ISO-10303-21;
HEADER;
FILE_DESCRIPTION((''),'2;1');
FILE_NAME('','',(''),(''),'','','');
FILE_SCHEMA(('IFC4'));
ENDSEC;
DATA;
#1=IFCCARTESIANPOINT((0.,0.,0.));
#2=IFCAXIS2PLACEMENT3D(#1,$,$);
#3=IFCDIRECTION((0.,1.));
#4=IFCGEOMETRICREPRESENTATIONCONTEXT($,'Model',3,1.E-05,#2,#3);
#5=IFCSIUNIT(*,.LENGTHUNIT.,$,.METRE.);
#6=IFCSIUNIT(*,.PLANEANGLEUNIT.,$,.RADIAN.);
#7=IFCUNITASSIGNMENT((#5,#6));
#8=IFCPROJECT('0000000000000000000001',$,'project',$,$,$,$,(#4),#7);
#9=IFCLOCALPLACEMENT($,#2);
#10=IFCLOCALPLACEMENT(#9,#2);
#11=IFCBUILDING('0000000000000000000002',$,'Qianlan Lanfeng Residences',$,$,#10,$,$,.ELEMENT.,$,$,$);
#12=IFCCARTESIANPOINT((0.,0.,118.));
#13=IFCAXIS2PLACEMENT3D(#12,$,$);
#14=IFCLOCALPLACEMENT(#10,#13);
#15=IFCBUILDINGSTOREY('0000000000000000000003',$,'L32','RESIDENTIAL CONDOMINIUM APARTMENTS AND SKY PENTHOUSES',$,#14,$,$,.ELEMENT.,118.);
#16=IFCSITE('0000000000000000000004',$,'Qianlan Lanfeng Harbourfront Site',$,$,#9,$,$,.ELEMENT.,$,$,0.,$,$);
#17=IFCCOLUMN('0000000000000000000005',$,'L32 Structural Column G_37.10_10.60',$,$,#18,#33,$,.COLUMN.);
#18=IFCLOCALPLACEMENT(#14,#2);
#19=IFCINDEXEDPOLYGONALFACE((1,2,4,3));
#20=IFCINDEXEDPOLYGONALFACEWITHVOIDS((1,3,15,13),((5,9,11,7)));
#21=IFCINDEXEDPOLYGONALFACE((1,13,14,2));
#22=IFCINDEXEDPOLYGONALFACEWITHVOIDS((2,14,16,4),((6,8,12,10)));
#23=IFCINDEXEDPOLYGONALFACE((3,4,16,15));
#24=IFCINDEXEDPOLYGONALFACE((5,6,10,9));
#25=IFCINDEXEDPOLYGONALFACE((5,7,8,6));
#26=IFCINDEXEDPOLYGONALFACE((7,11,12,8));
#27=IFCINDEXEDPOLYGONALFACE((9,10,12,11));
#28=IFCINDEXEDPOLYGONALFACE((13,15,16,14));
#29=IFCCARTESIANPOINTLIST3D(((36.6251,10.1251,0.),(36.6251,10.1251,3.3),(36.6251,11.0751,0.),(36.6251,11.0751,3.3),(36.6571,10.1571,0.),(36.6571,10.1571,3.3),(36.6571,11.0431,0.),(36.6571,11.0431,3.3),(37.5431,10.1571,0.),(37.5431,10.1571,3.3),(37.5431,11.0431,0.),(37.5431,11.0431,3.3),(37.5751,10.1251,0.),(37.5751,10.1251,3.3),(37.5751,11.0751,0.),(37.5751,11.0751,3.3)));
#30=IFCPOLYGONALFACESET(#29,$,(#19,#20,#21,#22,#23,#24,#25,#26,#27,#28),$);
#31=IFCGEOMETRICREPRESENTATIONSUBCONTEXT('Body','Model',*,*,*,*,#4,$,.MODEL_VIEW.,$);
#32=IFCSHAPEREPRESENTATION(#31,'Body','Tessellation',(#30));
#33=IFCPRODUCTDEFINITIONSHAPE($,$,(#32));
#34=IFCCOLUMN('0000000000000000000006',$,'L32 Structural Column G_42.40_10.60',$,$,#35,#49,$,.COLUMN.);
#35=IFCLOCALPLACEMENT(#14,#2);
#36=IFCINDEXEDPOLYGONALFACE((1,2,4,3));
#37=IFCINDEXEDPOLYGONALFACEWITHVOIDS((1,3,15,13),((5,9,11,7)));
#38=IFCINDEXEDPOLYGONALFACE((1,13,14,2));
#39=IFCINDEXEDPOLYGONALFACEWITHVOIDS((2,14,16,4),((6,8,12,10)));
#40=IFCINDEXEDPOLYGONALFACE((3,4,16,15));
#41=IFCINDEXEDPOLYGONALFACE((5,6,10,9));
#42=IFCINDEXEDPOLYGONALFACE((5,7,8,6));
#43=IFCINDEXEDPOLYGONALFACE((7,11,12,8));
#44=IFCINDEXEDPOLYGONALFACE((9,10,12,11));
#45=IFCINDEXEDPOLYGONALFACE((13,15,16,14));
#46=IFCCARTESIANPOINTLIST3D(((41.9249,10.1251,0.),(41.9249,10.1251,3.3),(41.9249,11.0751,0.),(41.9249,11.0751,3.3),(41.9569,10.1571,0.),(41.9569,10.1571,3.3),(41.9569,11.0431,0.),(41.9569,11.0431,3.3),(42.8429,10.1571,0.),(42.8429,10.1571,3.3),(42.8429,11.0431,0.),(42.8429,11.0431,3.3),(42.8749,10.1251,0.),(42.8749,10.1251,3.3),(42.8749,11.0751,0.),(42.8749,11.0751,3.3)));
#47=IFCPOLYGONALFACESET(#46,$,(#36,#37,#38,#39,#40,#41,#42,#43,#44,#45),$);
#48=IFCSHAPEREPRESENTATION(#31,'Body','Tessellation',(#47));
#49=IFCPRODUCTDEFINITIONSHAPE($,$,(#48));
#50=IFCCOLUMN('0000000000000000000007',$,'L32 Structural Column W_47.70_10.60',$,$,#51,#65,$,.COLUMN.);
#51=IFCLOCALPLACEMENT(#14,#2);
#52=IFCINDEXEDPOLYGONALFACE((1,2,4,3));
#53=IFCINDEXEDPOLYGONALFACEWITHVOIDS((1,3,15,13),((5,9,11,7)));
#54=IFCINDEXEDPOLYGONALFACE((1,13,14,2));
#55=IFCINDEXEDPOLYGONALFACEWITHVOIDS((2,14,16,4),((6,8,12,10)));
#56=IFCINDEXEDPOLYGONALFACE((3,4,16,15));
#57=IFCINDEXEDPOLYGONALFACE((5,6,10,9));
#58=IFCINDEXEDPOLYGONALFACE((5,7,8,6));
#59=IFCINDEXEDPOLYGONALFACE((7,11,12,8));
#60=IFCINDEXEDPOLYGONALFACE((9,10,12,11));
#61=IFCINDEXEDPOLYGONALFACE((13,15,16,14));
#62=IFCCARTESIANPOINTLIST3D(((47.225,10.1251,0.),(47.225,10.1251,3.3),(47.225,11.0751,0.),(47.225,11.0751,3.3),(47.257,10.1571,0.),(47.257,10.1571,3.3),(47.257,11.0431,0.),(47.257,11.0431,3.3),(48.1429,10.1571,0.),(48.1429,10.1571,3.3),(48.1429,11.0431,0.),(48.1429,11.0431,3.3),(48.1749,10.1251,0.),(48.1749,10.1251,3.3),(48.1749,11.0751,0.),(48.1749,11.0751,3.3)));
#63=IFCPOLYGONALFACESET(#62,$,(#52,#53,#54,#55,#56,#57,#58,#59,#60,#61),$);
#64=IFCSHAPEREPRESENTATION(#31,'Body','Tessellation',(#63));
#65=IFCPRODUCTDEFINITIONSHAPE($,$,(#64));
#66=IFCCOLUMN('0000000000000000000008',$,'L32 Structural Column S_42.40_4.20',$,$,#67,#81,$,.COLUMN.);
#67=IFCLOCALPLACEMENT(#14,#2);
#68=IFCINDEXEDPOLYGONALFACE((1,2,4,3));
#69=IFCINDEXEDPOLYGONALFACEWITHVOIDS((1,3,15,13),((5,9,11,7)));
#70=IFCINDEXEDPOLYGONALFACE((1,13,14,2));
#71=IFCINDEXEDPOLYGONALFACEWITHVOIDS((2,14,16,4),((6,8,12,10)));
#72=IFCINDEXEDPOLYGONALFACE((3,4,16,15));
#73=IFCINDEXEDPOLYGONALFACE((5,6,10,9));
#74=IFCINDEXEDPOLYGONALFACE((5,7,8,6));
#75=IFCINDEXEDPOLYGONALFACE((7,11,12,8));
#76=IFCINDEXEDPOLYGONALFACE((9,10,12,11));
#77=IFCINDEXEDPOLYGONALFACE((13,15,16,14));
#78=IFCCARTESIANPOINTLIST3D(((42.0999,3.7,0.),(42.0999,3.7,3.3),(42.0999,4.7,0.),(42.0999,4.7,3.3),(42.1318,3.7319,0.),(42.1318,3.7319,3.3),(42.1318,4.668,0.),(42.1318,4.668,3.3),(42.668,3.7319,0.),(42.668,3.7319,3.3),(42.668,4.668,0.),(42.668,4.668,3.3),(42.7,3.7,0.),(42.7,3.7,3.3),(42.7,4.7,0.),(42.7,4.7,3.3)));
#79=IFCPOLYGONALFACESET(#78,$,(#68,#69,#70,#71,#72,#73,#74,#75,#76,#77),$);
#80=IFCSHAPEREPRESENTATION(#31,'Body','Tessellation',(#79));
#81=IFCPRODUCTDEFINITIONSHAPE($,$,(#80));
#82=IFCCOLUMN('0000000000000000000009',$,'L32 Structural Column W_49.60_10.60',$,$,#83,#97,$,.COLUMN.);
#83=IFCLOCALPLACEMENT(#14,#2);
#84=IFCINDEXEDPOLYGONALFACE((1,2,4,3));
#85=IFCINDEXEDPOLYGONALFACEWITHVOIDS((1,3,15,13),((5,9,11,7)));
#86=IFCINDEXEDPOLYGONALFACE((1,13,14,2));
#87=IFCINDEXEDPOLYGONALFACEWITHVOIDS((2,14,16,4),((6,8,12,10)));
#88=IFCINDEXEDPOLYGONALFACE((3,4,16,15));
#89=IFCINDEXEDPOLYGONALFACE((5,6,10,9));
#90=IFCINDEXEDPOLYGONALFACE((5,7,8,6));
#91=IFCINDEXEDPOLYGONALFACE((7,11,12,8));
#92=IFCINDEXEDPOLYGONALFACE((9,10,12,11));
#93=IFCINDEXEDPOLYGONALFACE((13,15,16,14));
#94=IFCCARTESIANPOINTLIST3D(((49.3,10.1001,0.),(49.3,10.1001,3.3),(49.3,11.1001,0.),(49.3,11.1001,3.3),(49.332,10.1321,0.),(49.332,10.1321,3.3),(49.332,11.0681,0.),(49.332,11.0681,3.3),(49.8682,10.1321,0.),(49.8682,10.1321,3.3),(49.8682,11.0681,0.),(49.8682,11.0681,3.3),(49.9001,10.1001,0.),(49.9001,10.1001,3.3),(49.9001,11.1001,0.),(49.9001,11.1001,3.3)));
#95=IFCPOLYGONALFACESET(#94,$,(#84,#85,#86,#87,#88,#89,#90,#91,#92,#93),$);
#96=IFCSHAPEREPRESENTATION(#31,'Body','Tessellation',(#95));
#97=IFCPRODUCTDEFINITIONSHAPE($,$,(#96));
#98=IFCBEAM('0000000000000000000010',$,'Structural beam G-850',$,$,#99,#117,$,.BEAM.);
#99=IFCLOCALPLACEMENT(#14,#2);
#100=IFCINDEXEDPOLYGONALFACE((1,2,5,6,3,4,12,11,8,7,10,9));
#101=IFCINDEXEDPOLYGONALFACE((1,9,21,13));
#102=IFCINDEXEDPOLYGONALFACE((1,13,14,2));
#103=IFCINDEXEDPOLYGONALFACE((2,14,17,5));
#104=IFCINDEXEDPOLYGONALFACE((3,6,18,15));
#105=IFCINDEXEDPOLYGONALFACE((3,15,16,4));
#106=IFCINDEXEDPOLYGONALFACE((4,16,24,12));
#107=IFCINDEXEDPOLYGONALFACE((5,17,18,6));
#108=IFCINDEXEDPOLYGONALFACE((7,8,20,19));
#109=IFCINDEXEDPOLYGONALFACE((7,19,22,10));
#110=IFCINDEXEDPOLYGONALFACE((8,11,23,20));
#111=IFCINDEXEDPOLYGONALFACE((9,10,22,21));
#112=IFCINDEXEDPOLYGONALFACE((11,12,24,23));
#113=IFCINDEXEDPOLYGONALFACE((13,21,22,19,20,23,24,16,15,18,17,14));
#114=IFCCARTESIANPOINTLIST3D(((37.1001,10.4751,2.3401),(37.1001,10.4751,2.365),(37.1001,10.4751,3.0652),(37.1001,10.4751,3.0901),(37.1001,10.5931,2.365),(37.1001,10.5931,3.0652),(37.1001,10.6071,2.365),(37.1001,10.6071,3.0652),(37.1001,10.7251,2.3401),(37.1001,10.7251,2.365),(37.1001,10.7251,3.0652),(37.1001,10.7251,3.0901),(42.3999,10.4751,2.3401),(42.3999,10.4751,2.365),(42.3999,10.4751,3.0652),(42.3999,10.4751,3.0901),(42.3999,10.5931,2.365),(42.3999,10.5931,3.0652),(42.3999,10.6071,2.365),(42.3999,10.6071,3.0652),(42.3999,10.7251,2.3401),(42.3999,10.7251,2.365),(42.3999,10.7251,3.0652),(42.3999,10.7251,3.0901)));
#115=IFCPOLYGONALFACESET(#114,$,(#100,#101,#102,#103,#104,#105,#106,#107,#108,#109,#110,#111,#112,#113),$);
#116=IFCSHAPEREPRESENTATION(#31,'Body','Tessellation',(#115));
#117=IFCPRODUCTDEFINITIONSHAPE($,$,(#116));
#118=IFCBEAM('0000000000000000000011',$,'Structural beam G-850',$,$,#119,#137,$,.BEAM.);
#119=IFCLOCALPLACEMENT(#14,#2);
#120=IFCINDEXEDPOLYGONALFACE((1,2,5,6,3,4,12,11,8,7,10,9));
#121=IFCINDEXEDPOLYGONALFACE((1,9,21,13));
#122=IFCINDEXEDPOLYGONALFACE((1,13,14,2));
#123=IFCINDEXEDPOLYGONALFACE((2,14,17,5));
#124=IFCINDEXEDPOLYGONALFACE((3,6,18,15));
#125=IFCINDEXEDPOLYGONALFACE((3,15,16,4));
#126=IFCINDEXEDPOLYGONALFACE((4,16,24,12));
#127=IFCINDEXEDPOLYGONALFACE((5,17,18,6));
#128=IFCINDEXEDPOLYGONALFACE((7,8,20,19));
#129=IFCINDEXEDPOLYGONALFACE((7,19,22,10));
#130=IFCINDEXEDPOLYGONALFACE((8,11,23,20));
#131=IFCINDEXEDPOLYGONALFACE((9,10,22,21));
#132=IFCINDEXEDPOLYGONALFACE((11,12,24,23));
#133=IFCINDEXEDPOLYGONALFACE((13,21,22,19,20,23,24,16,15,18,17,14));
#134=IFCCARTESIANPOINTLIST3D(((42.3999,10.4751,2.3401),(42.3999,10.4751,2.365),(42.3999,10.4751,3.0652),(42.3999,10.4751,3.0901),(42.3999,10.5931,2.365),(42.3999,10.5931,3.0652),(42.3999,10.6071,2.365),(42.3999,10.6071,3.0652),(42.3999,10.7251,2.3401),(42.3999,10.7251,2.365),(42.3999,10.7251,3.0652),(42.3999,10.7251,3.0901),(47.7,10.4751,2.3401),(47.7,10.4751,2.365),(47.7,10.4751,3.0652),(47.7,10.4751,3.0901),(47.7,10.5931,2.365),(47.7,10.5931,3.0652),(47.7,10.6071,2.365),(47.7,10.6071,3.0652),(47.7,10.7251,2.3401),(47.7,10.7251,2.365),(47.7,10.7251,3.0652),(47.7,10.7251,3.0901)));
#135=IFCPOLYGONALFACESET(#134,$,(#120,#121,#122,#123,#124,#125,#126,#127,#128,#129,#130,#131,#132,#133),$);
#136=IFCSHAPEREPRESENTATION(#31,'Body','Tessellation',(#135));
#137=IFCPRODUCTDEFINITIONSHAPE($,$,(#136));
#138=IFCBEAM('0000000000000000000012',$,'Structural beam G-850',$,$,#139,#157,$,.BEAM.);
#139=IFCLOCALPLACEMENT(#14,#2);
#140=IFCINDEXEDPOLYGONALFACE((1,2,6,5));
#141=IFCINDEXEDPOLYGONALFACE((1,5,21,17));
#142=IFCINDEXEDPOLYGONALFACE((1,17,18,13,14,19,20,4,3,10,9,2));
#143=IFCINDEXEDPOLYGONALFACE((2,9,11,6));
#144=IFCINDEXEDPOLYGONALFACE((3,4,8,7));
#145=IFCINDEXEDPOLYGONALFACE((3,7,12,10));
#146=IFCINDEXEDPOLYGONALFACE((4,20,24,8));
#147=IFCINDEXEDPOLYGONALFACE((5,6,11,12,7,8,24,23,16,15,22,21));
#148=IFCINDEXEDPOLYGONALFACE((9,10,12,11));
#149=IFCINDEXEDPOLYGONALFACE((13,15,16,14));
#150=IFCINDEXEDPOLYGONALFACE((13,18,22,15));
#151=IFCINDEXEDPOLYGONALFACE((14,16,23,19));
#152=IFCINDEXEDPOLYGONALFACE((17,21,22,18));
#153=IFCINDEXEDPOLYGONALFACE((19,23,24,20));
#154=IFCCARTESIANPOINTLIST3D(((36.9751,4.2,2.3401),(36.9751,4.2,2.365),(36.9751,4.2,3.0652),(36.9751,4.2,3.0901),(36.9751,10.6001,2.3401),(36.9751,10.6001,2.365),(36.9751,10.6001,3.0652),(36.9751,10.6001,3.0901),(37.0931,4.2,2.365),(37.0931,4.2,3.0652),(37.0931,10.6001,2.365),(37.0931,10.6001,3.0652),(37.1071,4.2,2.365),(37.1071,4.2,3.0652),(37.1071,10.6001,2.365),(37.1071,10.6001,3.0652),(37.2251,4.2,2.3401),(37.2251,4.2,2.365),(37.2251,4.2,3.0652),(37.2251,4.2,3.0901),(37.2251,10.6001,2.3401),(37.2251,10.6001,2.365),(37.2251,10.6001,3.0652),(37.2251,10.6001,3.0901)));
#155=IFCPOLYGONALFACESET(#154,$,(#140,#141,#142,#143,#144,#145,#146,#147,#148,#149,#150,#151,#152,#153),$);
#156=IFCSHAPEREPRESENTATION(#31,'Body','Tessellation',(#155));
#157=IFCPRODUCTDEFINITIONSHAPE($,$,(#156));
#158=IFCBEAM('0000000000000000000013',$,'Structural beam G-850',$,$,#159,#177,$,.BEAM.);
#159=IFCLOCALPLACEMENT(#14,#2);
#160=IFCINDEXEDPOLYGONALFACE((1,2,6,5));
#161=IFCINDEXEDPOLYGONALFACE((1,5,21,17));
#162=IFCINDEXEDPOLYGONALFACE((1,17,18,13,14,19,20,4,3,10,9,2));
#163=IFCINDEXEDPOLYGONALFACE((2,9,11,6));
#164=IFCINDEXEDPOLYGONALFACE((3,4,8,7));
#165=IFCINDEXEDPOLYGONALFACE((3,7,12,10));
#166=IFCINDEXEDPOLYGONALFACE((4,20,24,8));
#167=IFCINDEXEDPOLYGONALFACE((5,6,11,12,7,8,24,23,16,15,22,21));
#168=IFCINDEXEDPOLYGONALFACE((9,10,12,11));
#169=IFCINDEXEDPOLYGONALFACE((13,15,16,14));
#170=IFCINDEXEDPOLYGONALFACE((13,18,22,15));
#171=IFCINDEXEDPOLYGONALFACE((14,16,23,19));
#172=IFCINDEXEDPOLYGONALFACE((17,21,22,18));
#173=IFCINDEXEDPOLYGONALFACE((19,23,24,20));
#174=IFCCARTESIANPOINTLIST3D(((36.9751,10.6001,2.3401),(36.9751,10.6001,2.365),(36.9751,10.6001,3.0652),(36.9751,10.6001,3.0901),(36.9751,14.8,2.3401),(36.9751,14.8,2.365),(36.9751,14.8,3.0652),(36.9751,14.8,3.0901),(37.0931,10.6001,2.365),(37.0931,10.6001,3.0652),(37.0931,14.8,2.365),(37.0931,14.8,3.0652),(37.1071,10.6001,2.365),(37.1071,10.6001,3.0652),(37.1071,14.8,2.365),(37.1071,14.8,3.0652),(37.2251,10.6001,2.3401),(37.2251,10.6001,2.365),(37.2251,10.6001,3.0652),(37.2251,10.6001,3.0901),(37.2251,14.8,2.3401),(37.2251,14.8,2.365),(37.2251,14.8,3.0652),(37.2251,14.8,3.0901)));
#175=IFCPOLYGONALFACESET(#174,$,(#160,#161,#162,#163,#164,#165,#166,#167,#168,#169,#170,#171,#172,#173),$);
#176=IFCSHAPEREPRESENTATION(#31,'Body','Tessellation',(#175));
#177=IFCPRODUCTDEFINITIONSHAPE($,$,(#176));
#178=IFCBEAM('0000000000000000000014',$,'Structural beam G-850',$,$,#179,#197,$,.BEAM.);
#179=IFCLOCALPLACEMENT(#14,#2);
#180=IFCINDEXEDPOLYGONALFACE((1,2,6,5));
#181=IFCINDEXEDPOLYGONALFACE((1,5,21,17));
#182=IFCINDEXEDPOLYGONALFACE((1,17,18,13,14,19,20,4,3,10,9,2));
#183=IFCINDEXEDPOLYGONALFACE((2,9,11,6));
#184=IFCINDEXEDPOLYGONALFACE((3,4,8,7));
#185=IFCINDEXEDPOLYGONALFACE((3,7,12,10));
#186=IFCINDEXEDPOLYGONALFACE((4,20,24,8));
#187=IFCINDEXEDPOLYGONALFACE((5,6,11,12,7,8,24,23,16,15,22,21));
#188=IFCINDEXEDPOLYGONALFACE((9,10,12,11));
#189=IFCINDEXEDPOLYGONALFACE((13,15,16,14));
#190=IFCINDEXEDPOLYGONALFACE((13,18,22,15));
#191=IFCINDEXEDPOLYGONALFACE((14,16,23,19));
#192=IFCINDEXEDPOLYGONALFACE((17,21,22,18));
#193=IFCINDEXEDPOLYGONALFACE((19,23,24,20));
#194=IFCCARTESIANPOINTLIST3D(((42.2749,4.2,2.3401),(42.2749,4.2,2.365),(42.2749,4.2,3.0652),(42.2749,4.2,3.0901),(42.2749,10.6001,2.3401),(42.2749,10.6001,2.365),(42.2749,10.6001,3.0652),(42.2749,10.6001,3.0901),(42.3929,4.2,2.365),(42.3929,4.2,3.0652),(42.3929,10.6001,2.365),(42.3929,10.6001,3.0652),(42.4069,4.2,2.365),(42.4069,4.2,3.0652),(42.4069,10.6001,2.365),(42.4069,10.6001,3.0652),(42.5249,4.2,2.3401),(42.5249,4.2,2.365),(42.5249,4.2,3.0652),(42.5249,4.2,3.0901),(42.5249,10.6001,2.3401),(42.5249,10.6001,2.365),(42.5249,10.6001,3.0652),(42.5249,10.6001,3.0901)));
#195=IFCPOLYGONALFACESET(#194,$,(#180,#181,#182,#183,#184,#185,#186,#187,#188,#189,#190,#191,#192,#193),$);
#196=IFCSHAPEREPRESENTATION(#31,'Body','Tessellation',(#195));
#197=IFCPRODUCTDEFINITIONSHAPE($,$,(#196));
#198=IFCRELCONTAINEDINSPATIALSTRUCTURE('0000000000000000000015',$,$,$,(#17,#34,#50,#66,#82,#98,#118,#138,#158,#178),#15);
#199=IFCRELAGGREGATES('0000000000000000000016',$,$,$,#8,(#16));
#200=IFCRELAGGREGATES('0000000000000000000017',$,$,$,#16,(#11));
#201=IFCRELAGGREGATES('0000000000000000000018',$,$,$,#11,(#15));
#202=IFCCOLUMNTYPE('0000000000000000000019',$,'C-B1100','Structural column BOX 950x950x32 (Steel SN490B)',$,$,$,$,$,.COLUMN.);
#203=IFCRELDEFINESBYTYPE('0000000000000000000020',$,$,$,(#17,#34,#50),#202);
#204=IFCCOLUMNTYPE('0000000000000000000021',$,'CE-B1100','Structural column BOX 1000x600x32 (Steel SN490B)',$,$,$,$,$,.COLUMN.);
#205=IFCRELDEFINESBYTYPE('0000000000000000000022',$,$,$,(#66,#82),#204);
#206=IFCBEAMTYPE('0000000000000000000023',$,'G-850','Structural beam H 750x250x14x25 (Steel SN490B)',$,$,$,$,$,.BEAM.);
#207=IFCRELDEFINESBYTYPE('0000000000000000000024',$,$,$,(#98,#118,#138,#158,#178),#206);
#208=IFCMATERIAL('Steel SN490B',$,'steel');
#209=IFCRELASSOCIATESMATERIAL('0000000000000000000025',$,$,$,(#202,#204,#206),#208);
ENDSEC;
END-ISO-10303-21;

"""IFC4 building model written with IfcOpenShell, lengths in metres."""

from ifc_helpers import new_model, si_unit, direction, frame, origin, origin_2d, place, context, subcontext, project, spatial, hollow_rectangle, i_section, extrude, material, material_profile, profile_set, type_object, element, save


model = new_model("IFC4")

# Units and contexts
model_context = context("Model", 3, precision=1e-05, world=origin(), true_north=direction((0.0, 1.0)))
body_context = subcontext(model_context, "Body", "Model", "MODEL_VIEW")
ifc_project = project(units=[si_unit("LENGTHUNIT", "METRE"), si_unit("PLANEANGLEUNIT", "RADIAN")], contexts=[model_context])

# Site, building, storey
site_placement = place(None, origin())
site = spatial("IfcSite", under=ifc_project, at=site_placement, Name="Qianlan Lanfeng Harbourfront Site", CompositionType="ELEMENT", RefElevation=0.0)
building_placement = place(site_placement, origin())
building = spatial("IfcBuilding", under=site, at=building_placement, Name="Qianlan Lanfeng Residences", CompositionType="ELEMENT")
storey_placement = place(building_placement, frame((0.0, 0.0, 118.0)))
storey = spatial("IfcBuildingStorey", under=building, at=storey_placement, Name="L32", Description="RESIDENTIAL CONDOMINIUM APARTMENTS AND SKY PENTHOUSES", CompositionType="ELEMENT", Elevation=118.0)

# Columns
ifc_material_1 = material(Name="Steel SN490B", Category="steel")
ifc_material_profile_1 = material_profile(ifc_material_1, hollow_rectangle(XDim=0.95, YDim=0.95, WallThickness=0.032, at=origin_2d()), Name="BOX 950x950x32")
ifc_profile_set_1 = profile_set([ifc_material_profile_1], Name="Steel SN490B")
column_type_1 = type_object("IfcColumnType", Name="C-B1100", Description="Structural column BOX 950x950x32 (Steel SN490B)", PredefinedType="COLUMN", material=ifc_profile_set_1)
for number, where, z_axis, x_axis, name in (
    (1, (37.1001, 10.6001, 0.0), (0.0, 0.0, 1.0), (1.0, 0.0, 0.0), "L32 Structural Column G_37.10_10.60"),
    (2, (42.3999, 10.6001, 0.0), (0.0, 0.0, 1.0), (1.0, 0.0, 0.0), "L32 Structural Column G_42.40_10.60"),
    (3, (47.7, 10.6001, 0.0), (0.0, 0.0, 1.0), (1.0, 0.0, 0.0), "L32 Structural Column W_47.70_10.60"),
):
    element("IfcColumn", number, at=place(storey_placement, frame(where, z_axis=z_axis, x_axis=x_axis)), inside=storey, type_object=column_type_1, Name=name, PredefinedType="COLUMN", context=body_context, shape_type="SweptSolid", body=[
        extrude(hollow_rectangle(XDim=0.95, YDim=0.95, WallThickness=0.032, at=origin_2d()), origin(), (0.0, 0.0, 1.0), 3.3),
    ])
ifc_material_profile_2 = material_profile(ifc_material_1, hollow_rectangle(XDim=0.6001, YDim=1.0, WallThickness=0.032, at=origin_2d()), Name="BOX 1000x600x32")
ifc_profile_set_2 = profile_set([ifc_material_profile_2], Name="Steel SN490B")
column_type_2 = type_object("IfcColumnType", Name="CE-B1100", Description="Structural column BOX 1000x600x32 (Steel SN490B)", PredefinedType="COLUMN", material=ifc_profile_set_2)
for number, where, z_axis, x_axis, name in (
    (4, (42.3999, 4.2, 0.0), (0.0, 0.0, 1.0), (1.0, 0.0, 0.0), "L32 Structural Column S_42.40_4.20"),
    (5, (49.6001, 10.6001, 0.0), (0.0, 0.0, 1.0), (1.0, 0.0, 0.0), "L32 Structural Column W_49.60_10.60"),
):
    element("IfcColumn", number, at=place(storey_placement, frame(where, z_axis=z_axis, x_axis=x_axis)), inside=storey, type_object=column_type_2, Name=name, PredefinedType="COLUMN", context=body_context, shape_type="SweptSolid", body=[
        extrude(hollow_rectangle(XDim=0.6001, YDim=1.0, WallThickness=0.032, at=origin_2d()), origin(), (0.0, 0.0, 1.0), 3.3),
    ])

# Beams
ifc_material_profile_3 = material_profile(ifc_material_1, i_section(OverallWidth=0.25, OverallDepth=0.75, WebThickness=0.0139, FlangeThickness=0.0249, at=origin_2d()), Name="H 750x250x14x25")
ifc_profile_set_3 = profile_set([ifc_material_profile_3], Name="Steel SN490B")
beam_type_1 = type_object("IfcBeamType", Name="G-850", Description="Structural beam H 750x250x14x25 (Steel SN490B)", PredefinedType="BEAM", material=ifc_profile_set_3)
beam_1_placement = place(storey_placement, frame((37.1001, 10.6001, 2.7151), z_axis=(1.0, 0.0, 0.0), x_axis=(0.0, 1.0, 0.0)))
element("IfcBeam", 6, at=beam_1_placement, inside=storey, type_object=beam_type_1, Name="Structural beam G-850", PredefinedType="BEAM", context=body_context, shape_type="SweptSolid", body=[
    extrude(i_section(OverallWidth=0.25, OverallDepth=0.75, WebThickness=0.0139, FlangeThickness=0.0249, at=origin_2d()), origin(), (0.0, 0.0, 1.0), 5.2998),
])
beam_2_placement = place(storey_placement, frame((42.3999, 10.6001, 2.7151), z_axis=(1.0, 0.0, 0.0), x_axis=(0.0, 1.0, 0.0)))
element("IfcBeam", 7, at=beam_2_placement, inside=storey, type_object=beam_type_1, Name="Structural beam G-850", PredefinedType="BEAM", context=body_context, shape_type="SweptSolid", body=[
    extrude(i_section(OverallWidth=0.25, OverallDepth=0.75, WebThickness=0.0139, FlangeThickness=0.0249, at=origin_2d()), origin(), (0.0, 0.0, 1.0), 5.3),
])
beam_3_placement = place(storey_placement, frame((37.1001, 4.2, 2.7151), z_axis=(0.0, 1.0, 0.0), x_axis=(-1.0, 0.0, 0.0)))
element("IfcBeam", 8, at=beam_3_placement, inside=storey, type_object=beam_type_1, Name="Structural beam G-850", PredefinedType="BEAM", context=body_context, shape_type="SweptSolid", body=[
    extrude(i_section(OverallWidth=0.25, OverallDepth=0.75, WebThickness=0.0139, FlangeThickness=0.0249, at=origin_2d()), origin(), (0.0, 0.0, 1.0), 6.4001),
])
beam_4_placement = place(storey_placement, frame((37.1001, 10.6001, 2.7151), z_axis=(0.0, 1.0, 0.0), x_axis=(-1.0, 0.0, 0.0)))
element("IfcBeam", 9, at=beam_4_placement, inside=storey, type_object=beam_type_1, Name="Structural beam G-850", PredefinedType="BEAM", context=body_context, shape_type="SweptSolid", body=[
    extrude(i_section(OverallWidth=0.25, OverallDepth=0.75, WebThickness=0.0139, FlangeThickness=0.0249, at=origin_2d()), origin(), (0.0, 0.0, 1.0), 4.2),
])
beam_5_placement = place(storey_placement, frame((42.3999, 4.2, 2.7151), z_axis=(0.0, 1.0, 0.0), x_axis=(-1.0, 0.0, 0.0)))
element("IfcBeam", 10, at=beam_5_placement, inside=storey, type_object=beam_type_1, Name="Structural beam G-850", PredefinedType="BEAM", context=body_context, shape_type="SweptSolid", body=[
    extrude(i_section(OverallWidth=0.25, OverallDepth=0.75, WebThickness=0.0139, FlangeThickness=0.0249, at=origin_2d()), origin(), (0.0, 0.0, 1.0), 6.4001),
])

save(model, "model.ifc")
